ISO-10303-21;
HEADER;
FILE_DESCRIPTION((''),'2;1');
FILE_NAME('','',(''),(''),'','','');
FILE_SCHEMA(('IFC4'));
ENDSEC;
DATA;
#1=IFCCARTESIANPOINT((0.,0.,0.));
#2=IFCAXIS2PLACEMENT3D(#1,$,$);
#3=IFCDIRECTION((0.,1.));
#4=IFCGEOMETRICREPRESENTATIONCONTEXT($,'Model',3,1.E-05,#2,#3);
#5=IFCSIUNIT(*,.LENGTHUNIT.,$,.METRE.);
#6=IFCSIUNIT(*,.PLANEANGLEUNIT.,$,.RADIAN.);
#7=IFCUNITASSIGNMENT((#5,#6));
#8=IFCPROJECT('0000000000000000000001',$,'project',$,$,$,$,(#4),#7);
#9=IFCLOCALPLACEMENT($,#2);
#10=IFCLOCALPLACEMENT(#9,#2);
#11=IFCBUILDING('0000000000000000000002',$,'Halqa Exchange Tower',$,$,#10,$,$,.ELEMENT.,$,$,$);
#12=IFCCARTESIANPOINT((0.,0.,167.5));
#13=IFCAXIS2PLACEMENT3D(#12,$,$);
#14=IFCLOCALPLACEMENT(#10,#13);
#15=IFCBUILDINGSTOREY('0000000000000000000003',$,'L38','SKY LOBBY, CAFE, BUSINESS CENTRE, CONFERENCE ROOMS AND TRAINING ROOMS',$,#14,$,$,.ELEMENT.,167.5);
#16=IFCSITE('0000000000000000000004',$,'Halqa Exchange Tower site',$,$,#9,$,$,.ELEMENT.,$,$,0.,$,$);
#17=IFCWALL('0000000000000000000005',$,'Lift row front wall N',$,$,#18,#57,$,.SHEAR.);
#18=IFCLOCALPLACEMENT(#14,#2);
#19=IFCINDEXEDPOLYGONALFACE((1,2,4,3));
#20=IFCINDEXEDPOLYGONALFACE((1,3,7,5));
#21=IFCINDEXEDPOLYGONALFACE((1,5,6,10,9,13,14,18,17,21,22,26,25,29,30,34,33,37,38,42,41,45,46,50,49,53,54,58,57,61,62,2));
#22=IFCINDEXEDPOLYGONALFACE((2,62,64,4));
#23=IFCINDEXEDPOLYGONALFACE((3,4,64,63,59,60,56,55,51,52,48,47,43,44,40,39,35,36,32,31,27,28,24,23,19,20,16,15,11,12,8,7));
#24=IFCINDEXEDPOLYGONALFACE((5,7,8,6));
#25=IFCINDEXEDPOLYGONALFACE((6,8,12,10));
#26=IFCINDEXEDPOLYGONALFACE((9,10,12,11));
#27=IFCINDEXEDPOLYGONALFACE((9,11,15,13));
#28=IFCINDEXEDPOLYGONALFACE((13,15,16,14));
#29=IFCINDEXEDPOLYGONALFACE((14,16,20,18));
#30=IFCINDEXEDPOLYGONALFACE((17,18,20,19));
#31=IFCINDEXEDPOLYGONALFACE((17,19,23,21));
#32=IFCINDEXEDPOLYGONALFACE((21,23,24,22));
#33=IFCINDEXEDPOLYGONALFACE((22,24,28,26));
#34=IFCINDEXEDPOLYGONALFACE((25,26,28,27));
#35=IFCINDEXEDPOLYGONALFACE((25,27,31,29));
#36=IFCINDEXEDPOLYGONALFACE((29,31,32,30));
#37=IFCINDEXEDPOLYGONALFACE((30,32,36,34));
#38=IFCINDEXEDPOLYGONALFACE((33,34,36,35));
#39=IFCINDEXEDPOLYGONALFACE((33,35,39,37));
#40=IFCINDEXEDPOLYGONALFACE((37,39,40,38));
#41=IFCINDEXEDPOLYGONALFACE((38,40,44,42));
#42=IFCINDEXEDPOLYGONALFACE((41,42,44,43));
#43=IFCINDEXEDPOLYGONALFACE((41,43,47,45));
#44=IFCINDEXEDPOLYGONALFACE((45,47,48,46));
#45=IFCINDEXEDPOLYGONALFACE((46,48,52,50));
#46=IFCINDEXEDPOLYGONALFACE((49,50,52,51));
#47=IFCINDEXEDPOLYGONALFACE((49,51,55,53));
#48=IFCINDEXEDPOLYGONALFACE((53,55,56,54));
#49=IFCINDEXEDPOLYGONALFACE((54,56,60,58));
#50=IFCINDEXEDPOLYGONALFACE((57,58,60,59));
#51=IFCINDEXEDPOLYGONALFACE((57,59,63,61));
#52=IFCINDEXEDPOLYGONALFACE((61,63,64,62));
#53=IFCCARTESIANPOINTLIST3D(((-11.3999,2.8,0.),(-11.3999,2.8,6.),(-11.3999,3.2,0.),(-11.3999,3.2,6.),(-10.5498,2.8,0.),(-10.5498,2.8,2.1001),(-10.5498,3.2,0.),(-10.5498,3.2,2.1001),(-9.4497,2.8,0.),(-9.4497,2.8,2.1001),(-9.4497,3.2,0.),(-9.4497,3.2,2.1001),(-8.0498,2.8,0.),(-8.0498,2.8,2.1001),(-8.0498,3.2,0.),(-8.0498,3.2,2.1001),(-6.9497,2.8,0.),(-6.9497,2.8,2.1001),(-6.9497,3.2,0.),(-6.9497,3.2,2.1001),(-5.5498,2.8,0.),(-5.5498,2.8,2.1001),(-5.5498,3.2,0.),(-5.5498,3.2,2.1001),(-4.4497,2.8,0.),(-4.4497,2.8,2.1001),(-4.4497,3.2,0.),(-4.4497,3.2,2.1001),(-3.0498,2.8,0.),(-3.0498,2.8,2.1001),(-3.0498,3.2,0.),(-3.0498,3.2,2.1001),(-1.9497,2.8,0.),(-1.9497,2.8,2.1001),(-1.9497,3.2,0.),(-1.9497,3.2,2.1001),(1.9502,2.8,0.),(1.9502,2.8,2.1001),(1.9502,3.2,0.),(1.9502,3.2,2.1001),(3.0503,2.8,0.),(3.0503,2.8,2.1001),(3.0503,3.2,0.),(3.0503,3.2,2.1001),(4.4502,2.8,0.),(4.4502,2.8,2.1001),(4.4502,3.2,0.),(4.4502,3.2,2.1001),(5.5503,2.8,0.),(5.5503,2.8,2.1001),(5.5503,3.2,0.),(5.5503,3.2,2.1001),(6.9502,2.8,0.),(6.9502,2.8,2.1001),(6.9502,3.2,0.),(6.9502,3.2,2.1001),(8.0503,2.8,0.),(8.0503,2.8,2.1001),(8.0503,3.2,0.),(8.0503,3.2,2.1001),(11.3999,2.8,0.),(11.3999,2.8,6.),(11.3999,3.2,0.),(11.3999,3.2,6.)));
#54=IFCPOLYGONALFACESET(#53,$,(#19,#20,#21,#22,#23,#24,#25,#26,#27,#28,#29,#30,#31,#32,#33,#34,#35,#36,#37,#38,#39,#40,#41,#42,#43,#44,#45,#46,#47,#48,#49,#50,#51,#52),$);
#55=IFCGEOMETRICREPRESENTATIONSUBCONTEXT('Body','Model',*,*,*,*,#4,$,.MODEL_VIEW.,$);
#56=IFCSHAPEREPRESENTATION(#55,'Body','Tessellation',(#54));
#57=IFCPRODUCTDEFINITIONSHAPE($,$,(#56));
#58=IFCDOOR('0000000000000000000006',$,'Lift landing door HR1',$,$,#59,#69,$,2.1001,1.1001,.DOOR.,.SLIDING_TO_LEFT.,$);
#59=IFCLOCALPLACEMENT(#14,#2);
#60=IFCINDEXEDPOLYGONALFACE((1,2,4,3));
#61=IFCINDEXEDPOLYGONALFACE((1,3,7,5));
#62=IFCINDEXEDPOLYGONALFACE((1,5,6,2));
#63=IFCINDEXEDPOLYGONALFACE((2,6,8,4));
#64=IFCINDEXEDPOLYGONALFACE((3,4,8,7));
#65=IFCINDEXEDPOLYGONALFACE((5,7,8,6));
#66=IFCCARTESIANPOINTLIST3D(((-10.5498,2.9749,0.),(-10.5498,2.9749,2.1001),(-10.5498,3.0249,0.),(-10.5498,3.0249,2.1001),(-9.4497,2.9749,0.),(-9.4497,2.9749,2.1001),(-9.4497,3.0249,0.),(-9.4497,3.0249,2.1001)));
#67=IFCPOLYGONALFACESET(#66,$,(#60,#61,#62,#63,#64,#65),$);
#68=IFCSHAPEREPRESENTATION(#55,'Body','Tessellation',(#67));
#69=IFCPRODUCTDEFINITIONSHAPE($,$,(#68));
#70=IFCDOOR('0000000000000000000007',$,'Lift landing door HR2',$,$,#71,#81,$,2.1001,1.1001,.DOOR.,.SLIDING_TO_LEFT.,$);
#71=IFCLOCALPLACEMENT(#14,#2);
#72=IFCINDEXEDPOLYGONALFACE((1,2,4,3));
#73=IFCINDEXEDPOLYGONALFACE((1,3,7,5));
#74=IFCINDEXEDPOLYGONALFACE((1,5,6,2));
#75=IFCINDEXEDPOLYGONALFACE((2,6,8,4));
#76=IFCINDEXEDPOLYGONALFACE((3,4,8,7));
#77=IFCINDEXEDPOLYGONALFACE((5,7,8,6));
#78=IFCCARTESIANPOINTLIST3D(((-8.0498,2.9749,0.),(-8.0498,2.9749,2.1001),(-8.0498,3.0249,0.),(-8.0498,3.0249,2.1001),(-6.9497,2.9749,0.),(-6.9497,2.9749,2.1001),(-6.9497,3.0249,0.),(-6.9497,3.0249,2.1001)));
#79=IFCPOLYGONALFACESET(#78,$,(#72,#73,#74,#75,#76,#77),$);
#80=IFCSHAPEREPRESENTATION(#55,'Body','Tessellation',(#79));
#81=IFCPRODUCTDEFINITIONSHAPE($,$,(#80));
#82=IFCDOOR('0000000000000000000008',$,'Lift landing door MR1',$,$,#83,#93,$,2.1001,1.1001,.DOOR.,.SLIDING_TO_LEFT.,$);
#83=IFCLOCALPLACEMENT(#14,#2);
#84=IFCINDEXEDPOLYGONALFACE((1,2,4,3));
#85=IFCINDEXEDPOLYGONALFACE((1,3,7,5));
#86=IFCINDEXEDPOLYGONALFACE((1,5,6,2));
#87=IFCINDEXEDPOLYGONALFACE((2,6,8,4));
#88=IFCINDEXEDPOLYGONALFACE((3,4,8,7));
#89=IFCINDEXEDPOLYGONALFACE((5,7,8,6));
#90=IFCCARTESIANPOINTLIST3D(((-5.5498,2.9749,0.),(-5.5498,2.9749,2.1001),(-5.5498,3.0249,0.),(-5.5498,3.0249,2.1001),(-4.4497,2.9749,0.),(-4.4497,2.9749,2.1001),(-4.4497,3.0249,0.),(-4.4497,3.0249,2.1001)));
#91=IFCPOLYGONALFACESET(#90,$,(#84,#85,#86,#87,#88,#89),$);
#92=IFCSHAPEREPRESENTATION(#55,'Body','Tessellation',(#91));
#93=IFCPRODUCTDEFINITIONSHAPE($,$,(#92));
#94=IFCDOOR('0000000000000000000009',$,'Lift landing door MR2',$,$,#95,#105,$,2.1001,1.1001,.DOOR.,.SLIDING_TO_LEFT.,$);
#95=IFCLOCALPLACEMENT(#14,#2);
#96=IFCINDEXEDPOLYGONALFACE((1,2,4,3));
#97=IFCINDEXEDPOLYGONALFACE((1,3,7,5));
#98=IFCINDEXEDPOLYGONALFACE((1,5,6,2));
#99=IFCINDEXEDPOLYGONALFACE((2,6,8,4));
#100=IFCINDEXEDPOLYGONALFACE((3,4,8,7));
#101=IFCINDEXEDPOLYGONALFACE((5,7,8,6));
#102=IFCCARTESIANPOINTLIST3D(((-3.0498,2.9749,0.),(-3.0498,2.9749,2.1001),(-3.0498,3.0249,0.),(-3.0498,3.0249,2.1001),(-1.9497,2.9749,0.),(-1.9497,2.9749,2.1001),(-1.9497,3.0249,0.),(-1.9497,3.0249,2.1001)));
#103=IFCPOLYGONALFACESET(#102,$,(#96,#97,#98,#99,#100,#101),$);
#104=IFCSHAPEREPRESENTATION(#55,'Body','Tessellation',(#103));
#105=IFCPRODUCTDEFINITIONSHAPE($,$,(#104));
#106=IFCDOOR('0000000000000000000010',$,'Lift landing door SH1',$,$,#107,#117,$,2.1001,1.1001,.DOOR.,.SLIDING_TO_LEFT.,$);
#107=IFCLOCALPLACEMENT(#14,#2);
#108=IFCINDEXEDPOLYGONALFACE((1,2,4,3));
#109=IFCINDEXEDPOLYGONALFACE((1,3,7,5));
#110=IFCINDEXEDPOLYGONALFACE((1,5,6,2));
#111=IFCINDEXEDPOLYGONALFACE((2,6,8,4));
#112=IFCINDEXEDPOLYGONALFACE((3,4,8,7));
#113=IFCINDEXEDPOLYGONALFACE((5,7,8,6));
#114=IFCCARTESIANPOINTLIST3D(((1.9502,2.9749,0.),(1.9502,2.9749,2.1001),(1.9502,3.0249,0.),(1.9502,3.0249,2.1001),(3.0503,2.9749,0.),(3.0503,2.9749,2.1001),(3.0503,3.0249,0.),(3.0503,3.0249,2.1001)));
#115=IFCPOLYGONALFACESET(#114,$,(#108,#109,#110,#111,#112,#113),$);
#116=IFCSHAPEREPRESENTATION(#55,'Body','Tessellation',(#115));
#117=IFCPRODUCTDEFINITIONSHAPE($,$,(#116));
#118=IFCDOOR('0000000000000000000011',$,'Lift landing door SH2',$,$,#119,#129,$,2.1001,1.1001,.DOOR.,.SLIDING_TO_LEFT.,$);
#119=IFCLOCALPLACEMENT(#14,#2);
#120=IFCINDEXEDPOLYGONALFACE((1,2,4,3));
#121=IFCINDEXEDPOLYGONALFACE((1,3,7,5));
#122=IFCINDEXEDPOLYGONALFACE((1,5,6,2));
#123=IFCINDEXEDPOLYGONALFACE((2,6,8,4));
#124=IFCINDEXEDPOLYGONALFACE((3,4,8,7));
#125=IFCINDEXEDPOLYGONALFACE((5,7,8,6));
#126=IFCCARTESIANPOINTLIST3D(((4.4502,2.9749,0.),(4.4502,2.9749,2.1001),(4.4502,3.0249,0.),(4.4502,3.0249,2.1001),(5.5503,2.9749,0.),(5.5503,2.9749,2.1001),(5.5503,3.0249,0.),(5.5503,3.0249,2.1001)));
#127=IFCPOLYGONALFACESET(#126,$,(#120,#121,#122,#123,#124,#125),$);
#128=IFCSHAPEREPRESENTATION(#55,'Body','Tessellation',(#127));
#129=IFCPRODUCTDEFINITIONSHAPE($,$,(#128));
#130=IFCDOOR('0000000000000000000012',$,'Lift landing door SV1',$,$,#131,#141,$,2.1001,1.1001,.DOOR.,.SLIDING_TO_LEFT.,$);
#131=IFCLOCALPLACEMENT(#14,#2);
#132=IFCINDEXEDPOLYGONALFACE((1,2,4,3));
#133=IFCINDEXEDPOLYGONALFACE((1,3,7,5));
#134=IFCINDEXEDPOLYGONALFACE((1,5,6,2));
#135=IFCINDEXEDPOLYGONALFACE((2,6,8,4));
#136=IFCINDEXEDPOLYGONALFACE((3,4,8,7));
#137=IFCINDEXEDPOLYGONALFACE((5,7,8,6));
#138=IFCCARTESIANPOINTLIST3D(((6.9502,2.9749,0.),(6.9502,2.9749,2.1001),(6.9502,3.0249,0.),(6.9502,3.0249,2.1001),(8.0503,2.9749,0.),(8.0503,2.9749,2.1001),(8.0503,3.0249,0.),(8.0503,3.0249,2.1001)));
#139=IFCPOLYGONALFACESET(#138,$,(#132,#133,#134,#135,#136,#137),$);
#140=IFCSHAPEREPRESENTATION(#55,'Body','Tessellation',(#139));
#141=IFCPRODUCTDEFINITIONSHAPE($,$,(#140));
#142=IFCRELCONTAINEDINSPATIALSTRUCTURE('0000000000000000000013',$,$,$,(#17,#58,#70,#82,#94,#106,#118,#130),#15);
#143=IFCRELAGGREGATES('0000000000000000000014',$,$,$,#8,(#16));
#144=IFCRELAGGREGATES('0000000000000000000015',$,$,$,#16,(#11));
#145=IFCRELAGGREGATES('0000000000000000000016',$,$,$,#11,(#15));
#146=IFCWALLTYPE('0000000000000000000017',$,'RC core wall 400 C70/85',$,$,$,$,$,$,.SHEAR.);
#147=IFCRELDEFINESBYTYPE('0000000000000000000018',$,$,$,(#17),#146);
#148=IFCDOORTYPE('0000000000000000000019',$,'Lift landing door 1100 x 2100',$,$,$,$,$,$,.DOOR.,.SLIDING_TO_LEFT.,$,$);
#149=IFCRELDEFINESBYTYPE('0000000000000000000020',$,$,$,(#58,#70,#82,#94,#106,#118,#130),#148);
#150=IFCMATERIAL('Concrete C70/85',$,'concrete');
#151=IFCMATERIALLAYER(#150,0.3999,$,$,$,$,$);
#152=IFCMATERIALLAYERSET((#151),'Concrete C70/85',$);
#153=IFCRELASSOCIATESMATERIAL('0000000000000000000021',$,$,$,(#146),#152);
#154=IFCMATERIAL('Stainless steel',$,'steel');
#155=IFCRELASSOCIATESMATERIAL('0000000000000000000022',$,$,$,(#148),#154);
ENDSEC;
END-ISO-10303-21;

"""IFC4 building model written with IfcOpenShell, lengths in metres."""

from ifc_helpers import new_model, si_unit, direction, frame, frame_2d, origin, place, context, subcontext, project, spatial, rectangle, extrude, material, layer, layer_set, type_object, element, fill, save


model = new_model("IFC4")

# Units and contexts
model_context = context("Model", 3, precision=1e-05, world=origin(), true_north=direction((0.0, 1.0)))
body_context = subcontext(model_context, "Body", "Model", "MODEL_VIEW")
ifc_project = project(units=[si_unit("LENGTHUNIT", "METRE"), si_unit("PLANEANGLEUNIT", "RADIAN")], contexts=[model_context])

# Site, building, storey
site_placement = place(None, origin())
site = spatial("IfcSite", under=ifc_project, at=site_placement, Name="Halqa Exchange Tower site", CompositionType="ELEMENT", RefElevation=0.0)
building_placement = place(site_placement, origin())
building = spatial("IfcBuilding", under=site, at=building_placement, Name="Halqa Exchange Tower", CompositionType="ELEMENT")
storey_placement = place(building_placement, frame((0.0, 0.0, 167.5)))
storey = spatial("IfcBuildingStorey", under=building, at=storey_placement, Name="L38", Description="SKY LOBBY, CAFE, BUSINESS CENTRE, CONFERENCE ROOMS AND TRAINING ROOMS", CompositionType="ELEMENT", Elevation=167.5)

# Wall, openings, doors
ifc_material_1 = material(Name="Concrete C70/85", Category="concrete")
ifc_layer_1 = layer(ifc_material_1, 0.3999)
ifc_layer_set_1 = layer_set([ifc_layer_1], Name="Concrete C70/85")
wall_type_1 = type_object("IfcWallType", Name="RC core wall 400 C70/85", PredefinedType="SHEAR", material=ifc_layer_set_1)
wall_1_placement = place(storey_placement, frame((-11.3999, 3.0, 0.0), z_axis=(0.0, 0.0, 1.0), x_axis=(1.0, 0.0, 0.0)))
wall_1 = element("IfcWall", 1, at=wall_1_placement, inside=storey, type_object=wall_type_1, Name="Lift row front wall N", PredefinedType="SHEAR", context=body_context, shape_type="SweptSolid", body=[
    extrude(rectangle(XDim=22.7998, YDim=0.3999, at=frame_2d((11.3999, 0.0))), origin(), (0.0, 0.0, 1.0), 6.0),
])
opening_1_placement = place(wall_1_placement, frame((0.8501, 0.0, 0.0)))
opening_1 = element("IfcOpeningElement", 2, at=opening_1_placement, cuts=wall_1, PredefinedType="OPENING", context=body_context, shape_type="SweptSolid", body=[
    extrude(rectangle(XDim=1.1001, YDim=2.1001, at=frame_2d((0.55, 1.05))), frame((0.0, 0.2119, 0.0), z_axis=(0.0, -1.0, 0.0), x_axis=(1.0, 0.0, 0.0)), (0.0, 0.0, 1.0), 0.4238),
])
opening_2_placement = place(wall_1_placement, frame((3.3501, 0.0, 0.0)))
opening_2 = element("IfcOpeningElement", 3, at=opening_2_placement, cuts=wall_1, PredefinedType="OPENING", context=body_context, shape_type="SweptSolid", body=[
    extrude(rectangle(XDim=1.1001, YDim=2.1001, at=frame_2d((0.55, 1.05))), frame((0.0, 0.2119, 0.0), z_axis=(0.0, -1.0, 0.0), x_axis=(1.0, 0.0, 0.0)), (0.0, 0.0, 1.0), 0.4238),
])
opening_3_placement = place(wall_1_placement, frame((5.8501, 0.0, 0.0)))
opening_3 = element("IfcOpeningElement", 4, at=opening_3_placement, cuts=wall_1, PredefinedType="OPENING", context=body_context, shape_type="SweptSolid", body=[
    extrude(rectangle(XDim=1.1001, YDim=2.1001, at=frame_2d((0.55, 1.05))), frame((0.0, 0.2119, 0.0), z_axis=(0.0, -1.0, 0.0), x_axis=(1.0, 0.0, 0.0)), (0.0, 0.0, 1.0), 0.4238),
])
opening_4_placement = place(wall_1_placement, frame((8.3501, 0.0, 0.0)))
opening_4 = element("IfcOpeningElement", 5, at=opening_4_placement, cuts=wall_1, PredefinedType="OPENING", context=body_context, shape_type="SweptSolid", body=[
    extrude(rectangle(XDim=1.1001, YDim=2.1001, at=frame_2d((0.55, 1.05))), frame((0.0, 0.2119, 0.0), z_axis=(0.0, -1.0, 0.0), x_axis=(1.0, 0.0, 0.0)), (0.0, 0.0, 1.0), 0.4238),
])
opening_5_placement = place(wall_1_placement, frame((13.3501, 0.0, 0.0)))
opening_5 = element("IfcOpeningElement", 6, at=opening_5_placement, cuts=wall_1, PredefinedType="OPENING", context=body_context, shape_type="SweptSolid", body=[
    extrude(rectangle(XDim=1.1001, YDim=2.1001, at=frame_2d((0.55, 1.05))), frame((0.0, 0.2119, 0.0), z_axis=(0.0, -1.0, 0.0), x_axis=(1.0, 0.0, 0.0)), (0.0, 0.0, 1.0), 0.4238),
])
opening_6_placement = place(wall_1_placement, frame((15.8501, 0.0, 0.0)))
opening_6 = element("IfcOpeningElement", 7, at=opening_6_placement, cuts=wall_1, PredefinedType="OPENING", context=body_context, shape_type="SweptSolid", body=[
    extrude(rectangle(XDim=1.1001, YDim=2.1001, at=frame_2d((0.55, 1.05))), frame((0.0, 0.2119, 0.0), z_axis=(0.0, -1.0, 0.0), x_axis=(1.0, 0.0, 0.0)), (0.0, 0.0, 1.0), 0.4238),
])
opening_7_placement = place(wall_1_placement, frame((18.3501, 0.0, 0.0)))
opening_7 = element("IfcOpeningElement", 8, at=opening_7_placement, cuts=wall_1, PredefinedType="OPENING", context=body_context, shape_type="SweptSolid", body=[
    extrude(rectangle(XDim=1.1001, YDim=2.1001, at=frame_2d((0.55, 1.05))), frame((0.0, 0.2119, 0.0), z_axis=(0.0, -1.0, 0.0), x_axis=(1.0, 0.0, 0.0)), (0.0, 0.0, 1.0), 0.4238),
])
ifc_material_2 = material(Name="Stainless steel", Category="steel")
door_type = type_object("IfcDoorType", Name="Lift landing door 1100 x 2100", OperationType="SLIDING_TO_LEFT", PredefinedType="DOOR", material=ifc_material_2)
door_1_placement = place(opening_1_placement, origin())
door_1 = element("IfcDoor", 9, at=door_1_placement, inside=storey, type_object=door_type, Name="Lift landing door HR1", OperationType="SLIDING_TO_LEFT", OverallHeight=2.1001, OverallWidth=1.1001, PredefinedType="DOOR", context=body_context, shape_type="SweptSolid", body=[
    extrude(rectangle(XDim=1.1001, YDim=2.1001, at=frame_2d((0.55, 1.05))), frame((0.0, 0.0249, 0.0), z_axis=(0.0, -1.0, 0.0), x_axis=(1.0, 0.0, 0.0)), (0.0, 0.0, 1.0), 0.05),
])
fill(opening_1, door_1)
door_2_placement = place(opening_2_placement, origin())
door_2 = element("IfcDoor", 10, at=door_2_placement, inside=storey, type_object=door_type, Name="Lift landing door HR2", OperationType="SLIDING_TO_LEFT", OverallHeight=2.1001, OverallWidth=1.1001, PredefinedType="DOOR", context=body_context, shape_type="SweptSolid", body=[
    extrude(rectangle(XDim=1.1001, YDim=2.1001, at=frame_2d((0.55, 1.05))), frame((0.0, 0.0249, 0.0), z_axis=(0.0, -1.0, 0.0), x_axis=(1.0, 0.0, 0.0)), (0.0, 0.0, 1.0), 0.05),
])
fill(opening_2, door_2)
door_3_placement = place(opening_3_placement, origin())
door_3 = element("IfcDoor", 11, at=door_3_placement, inside=storey, type_object=door_type, Name="Lift landing door MR1", OperationType="SLIDING_TO_LEFT", OverallHeight=2.1001, OverallWidth=1.1001, PredefinedType="DOOR", context=body_context, shape_type="SweptSolid", body=[
    extrude(rectangle(XDim=1.1001, YDim=2.1001, at=frame_2d((0.55, 1.05))), frame((0.0, 0.0249, 0.0), z_axis=(0.0, -1.0, 0.0), x_axis=(1.0, 0.0, 0.0)), (0.0, 0.0, 1.0), 0.05),
])
fill(opening_3, door_3)
door_4_placement = place(opening_4_placement, origin())
door_4 = element("IfcDoor", 12, at=door_4_placement, inside=storey, type_object=door_type, Name="Lift landing door MR2", OperationType="SLIDING_TO_LEFT", OverallHeight=2.1001, OverallWidth=1.1001, PredefinedType="DOOR", context=body_context, shape_type="SweptSolid", body=[
    extrude(rectangle(XDim=1.1001, YDim=2.1001, at=frame_2d((0.55, 1.05))), frame((0.0, 0.0249, 0.0), z_axis=(0.0, -1.0, 0.0), x_axis=(1.0, 0.0, 0.0)), (0.0, 0.0, 1.0), 0.05),
])
fill(opening_4, door_4)
door_5_placement = place(opening_5_placement, origin())
door_5 = element("IfcDoor", 13, at=door_5_placement, inside=storey, type_object=door_type, Name="Lift landing door SH1", OperationType="SLIDING_TO_LEFT", OverallHeight=2.1001, OverallWidth=1.1001, PredefinedType="DOOR", context=body_context, shape_type="SweptSolid", body=[
    extrude(rectangle(XDim=1.1001, YDim=2.1001, at=frame_2d((0.55, 1.05))), frame((0.0, 0.0249, 0.0), z_axis=(0.0, -1.0, 0.0), x_axis=(1.0, 0.0, 0.0)), (0.0, 0.0, 1.0), 0.05),
])
fill(opening_5, door_5)
door_6_placement = place(opening_6_placement, origin())
door_6 = element("IfcDoor", 14, at=door_6_placement, inside=storey, type_object=door_type, Name="Lift landing door SH2", OperationType="SLIDING_TO_LEFT", OverallHeight=2.1001, OverallWidth=1.1001, PredefinedType="DOOR", context=body_context, shape_type="SweptSolid", body=[
    extrude(rectangle(XDim=1.1001, YDim=2.1001, at=frame_2d((0.55, 1.05))), frame((0.0, 0.0249, 0.0), z_axis=(0.0, -1.0, 0.0), x_axis=(1.0, 0.0, 0.0)), (0.0, 0.0, 1.0), 0.05),
])
fill(opening_6, door_6)
door_7_placement = place(opening_7_placement, origin())
door_7 = element("IfcDoor", 15, at=door_7_placement, inside=storey, type_object=door_type, Name="Lift landing door SV1", OperationType="SLIDING_TO_LEFT", OverallHeight=2.1001, OverallWidth=1.1001, PredefinedType="DOOR", context=body_context, shape_type="SweptSolid", body=[
    extrude(rectangle(XDim=1.1001, YDim=2.1001, at=frame_2d((0.55, 1.05))), frame((0.0, 0.0249, 0.0), z_axis=(0.0, -1.0, 0.0), x_axis=(1.0, 0.0, 0.0)), (0.0, 0.0, 1.0), 0.05),
])
fill(opening_7, door_7)

save(model, "model.ifc")
